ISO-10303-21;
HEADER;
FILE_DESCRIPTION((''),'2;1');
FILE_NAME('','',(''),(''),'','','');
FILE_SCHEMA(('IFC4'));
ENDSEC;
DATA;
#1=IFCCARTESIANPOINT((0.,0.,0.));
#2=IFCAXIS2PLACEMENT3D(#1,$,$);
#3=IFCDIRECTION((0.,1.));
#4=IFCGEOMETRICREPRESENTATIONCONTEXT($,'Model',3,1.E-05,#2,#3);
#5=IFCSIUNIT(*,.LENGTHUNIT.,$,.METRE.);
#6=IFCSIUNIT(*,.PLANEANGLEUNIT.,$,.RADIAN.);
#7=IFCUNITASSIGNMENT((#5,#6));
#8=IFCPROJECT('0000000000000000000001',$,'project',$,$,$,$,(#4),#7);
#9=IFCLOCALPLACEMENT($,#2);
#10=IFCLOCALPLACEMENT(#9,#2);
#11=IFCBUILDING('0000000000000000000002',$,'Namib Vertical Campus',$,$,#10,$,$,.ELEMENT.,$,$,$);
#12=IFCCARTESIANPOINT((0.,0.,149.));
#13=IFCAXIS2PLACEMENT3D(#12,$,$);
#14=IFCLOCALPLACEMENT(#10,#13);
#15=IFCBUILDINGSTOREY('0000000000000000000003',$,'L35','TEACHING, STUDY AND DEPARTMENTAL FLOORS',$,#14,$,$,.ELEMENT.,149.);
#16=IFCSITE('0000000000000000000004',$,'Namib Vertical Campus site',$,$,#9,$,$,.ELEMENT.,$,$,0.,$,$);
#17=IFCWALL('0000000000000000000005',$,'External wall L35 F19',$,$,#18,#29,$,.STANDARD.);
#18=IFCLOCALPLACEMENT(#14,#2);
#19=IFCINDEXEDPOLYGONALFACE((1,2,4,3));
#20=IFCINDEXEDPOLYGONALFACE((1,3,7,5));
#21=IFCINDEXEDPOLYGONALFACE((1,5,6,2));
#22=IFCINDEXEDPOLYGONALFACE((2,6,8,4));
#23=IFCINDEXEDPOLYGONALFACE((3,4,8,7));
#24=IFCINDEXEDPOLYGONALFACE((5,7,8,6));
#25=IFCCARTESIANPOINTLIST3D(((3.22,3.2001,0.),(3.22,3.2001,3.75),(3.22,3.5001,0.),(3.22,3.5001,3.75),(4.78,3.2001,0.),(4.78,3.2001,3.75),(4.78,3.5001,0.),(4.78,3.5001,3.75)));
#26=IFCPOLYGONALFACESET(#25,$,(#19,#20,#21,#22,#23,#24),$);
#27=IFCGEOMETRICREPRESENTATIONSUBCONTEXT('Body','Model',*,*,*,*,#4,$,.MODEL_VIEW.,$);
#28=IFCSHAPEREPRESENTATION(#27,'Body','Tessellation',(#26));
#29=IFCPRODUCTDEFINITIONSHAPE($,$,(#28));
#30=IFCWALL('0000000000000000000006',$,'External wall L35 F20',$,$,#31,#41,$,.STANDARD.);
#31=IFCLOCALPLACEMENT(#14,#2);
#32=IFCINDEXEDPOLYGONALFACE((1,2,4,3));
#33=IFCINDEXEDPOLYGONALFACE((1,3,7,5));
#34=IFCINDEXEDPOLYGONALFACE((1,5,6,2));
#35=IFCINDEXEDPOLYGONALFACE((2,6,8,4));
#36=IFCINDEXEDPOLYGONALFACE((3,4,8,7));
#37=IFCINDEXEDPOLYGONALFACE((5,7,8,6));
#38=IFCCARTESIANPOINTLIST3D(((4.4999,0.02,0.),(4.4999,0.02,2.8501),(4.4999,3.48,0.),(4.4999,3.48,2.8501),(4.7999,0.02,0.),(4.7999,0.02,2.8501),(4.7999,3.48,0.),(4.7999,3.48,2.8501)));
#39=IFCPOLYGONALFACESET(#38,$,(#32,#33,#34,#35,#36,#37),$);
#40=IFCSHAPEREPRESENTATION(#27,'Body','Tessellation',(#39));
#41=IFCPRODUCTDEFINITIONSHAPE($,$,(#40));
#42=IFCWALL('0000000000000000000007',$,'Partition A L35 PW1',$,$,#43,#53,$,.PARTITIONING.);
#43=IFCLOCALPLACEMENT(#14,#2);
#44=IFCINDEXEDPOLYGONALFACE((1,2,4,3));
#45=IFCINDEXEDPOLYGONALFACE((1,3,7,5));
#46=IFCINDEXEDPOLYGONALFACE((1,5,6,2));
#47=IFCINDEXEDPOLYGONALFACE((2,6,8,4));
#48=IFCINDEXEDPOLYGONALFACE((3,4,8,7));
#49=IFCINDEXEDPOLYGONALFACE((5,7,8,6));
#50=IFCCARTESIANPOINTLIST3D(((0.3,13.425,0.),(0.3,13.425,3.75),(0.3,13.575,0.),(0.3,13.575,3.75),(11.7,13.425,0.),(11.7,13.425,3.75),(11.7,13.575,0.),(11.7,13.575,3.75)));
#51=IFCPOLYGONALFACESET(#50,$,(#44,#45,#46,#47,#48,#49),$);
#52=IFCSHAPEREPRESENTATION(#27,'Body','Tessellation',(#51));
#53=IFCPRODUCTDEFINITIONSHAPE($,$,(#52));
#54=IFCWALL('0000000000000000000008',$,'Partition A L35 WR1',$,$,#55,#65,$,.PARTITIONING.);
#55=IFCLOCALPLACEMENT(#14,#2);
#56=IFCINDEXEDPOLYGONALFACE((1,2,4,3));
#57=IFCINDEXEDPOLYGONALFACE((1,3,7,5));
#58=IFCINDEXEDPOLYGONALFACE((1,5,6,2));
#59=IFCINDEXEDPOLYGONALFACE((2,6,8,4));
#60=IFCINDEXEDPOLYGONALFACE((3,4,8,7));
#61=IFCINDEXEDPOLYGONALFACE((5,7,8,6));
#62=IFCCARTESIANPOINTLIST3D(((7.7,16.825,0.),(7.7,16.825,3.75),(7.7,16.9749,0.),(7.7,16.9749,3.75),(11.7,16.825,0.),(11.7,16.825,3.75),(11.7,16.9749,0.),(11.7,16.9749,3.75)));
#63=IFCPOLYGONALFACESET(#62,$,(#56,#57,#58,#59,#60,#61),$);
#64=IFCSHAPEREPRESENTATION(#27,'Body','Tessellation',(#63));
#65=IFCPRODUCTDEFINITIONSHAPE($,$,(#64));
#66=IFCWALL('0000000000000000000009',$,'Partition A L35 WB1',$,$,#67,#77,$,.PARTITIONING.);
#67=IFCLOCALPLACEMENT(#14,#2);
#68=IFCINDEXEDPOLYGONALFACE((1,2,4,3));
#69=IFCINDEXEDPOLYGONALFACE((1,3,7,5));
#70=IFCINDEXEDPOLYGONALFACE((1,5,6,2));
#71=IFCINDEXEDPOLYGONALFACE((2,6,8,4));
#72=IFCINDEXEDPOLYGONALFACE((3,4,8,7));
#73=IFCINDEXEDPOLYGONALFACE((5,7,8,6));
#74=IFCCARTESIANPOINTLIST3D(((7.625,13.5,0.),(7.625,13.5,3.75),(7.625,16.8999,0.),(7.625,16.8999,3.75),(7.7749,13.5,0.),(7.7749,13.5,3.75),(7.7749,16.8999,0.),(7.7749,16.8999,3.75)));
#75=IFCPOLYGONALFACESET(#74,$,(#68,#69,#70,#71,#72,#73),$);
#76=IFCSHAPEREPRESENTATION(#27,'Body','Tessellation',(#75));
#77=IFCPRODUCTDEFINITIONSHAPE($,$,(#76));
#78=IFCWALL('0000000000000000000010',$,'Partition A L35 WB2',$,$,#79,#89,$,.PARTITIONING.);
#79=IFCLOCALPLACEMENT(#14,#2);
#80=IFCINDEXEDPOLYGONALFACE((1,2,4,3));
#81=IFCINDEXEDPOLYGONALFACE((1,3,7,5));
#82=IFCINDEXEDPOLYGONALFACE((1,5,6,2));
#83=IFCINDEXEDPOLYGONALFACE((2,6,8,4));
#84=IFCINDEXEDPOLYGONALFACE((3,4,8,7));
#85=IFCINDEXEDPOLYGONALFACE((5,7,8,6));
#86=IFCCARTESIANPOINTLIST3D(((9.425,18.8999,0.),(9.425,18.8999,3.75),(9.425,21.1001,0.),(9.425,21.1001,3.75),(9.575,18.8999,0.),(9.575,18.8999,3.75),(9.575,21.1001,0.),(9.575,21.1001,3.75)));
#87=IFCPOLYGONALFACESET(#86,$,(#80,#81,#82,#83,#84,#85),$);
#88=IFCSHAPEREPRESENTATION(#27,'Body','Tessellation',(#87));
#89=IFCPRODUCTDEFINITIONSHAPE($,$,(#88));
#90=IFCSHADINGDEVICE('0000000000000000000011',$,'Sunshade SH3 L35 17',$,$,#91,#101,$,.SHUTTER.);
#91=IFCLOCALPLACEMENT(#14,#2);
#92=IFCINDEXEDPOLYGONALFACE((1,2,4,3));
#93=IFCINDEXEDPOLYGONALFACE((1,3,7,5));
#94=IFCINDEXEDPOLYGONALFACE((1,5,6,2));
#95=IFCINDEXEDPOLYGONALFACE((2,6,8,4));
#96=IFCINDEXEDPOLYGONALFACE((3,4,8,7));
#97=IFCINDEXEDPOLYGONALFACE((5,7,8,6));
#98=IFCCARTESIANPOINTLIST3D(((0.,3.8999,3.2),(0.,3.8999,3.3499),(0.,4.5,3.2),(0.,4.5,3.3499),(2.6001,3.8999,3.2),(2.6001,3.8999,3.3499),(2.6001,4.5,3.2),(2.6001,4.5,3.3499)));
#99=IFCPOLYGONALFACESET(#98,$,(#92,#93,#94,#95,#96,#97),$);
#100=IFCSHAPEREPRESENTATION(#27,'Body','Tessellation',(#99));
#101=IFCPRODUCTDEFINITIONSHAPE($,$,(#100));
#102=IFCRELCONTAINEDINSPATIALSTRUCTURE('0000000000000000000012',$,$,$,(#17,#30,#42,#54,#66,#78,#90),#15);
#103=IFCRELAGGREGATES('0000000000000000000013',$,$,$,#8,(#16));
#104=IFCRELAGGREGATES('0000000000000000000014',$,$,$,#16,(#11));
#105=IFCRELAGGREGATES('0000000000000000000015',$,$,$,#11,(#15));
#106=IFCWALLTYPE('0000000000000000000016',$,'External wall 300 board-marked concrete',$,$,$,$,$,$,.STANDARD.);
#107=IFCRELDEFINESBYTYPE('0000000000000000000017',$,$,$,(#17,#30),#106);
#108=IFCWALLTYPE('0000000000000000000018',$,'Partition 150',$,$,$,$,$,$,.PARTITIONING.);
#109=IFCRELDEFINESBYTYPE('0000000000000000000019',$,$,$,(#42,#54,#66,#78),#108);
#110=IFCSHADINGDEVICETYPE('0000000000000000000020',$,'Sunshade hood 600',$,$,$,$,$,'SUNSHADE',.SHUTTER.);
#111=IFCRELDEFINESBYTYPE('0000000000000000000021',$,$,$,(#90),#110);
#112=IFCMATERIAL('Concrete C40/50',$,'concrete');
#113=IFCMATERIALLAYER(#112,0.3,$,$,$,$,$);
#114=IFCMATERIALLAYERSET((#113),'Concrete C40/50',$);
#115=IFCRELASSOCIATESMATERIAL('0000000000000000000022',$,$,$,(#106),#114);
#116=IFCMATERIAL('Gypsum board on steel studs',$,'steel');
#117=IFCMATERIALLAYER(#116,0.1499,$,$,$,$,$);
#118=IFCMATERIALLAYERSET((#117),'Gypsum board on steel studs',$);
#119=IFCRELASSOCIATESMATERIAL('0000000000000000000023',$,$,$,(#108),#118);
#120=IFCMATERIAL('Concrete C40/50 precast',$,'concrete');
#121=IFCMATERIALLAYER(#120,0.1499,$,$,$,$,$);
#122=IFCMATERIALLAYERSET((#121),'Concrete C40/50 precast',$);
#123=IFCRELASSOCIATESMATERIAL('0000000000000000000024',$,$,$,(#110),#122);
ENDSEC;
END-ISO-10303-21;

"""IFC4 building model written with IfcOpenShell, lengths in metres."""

from ifc_helpers import new_model, si_unit, direction, frame, frame_2d, origin, origin_2d, place, context, subcontext, project, spatial, rectangle, extrude, material, layer, layer_set, type_object, element, save


model = new_model("IFC4")

# Units and contexts
model_context = context("Model", 3, precision=1e-05, world=origin(), true_north=direction((0.0, 1.0)))
body_context = subcontext(model_context, "Body", "Model", "MODEL_VIEW")
ifc_project = project(units=[si_unit("LENGTHUNIT", "METRE"), si_unit("PLANEANGLEUNIT", "RADIAN")], contexts=[model_context])

# Site, building, storey
site_placement = place(None, origin())
site = spatial("IfcSite", under=ifc_project, at=site_placement, Name="Namib Vertical Campus site", CompositionType="ELEMENT", RefElevation=0.0)
building_placement = place(site_placement, origin())
building = spatial("IfcBuilding", under=site, at=building_placement, Name="Namib Vertical Campus", CompositionType="ELEMENT")
storey_placement = place(building_placement, frame((0.0, 0.0, 149.0)))
storey = spatial("IfcBuildingStorey", under=building, at=storey_placement, Name="L35", Description="TEACHING, STUDY AND DEPARTMENTAL FLOORS", CompositionType="ELEMENT", Elevation=149.0)

# Walls
ifc_material_1 = material(Name="Concrete C40/50", Category="concrete")
ifc_layer_1 = layer(ifc_material_1, 0.3)
ifc_layer_set_1 = layer_set([ifc_layer_1], Name="Concrete C40/50")
wall_type_1 = type_object("IfcWallType", Name="External wall 300 board-marked concrete", PredefinedType="STANDARD", material=ifc_layer_set_1)
for number, where, z_axis, x_axis, name in (
    (1, (3.22, 3.3501, 0.0), (0.0, 0.0, 1.0), (1.0, 0.0, 0.0), "External wall L35 F19"),
):
    element("IfcWall", number, at=place(storey_placement, frame(where, z_axis=z_axis, x_axis=x_axis)), inside=storey, type_object=wall_type_1, Name=name, PredefinedType="STANDARD", context=body_context, shape_type="SweptSolid", body=[
        extrude(rectangle(XDim=1.5601, YDim=0.3, at=frame_2d((0.78, 0.0))), origin(), (0.0, 0.0, 1.0), 3.75),
    ])
wall_1_placement = place(storey_placement, frame((4.6499, 3.48, 0.0), z_axis=(0.0, 0.0, 1.0), x_axis=(0.0, -1.0, 0.0)))
element("IfcWall", 2, at=wall_1_placement, inside=storey, type_object=wall_type_1, Name="External wall L35 F20", PredefinedType="STANDARD", context=body_context, shape_type="SweptSolid", body=[
    extrude(rectangle(XDim=3.46, YDim=0.3, at=frame_2d((1.73, 0.0))), origin(), (0.0, 0.0, 1.0), 2.8501),
])
ifc_material_2 = material(Name="Gypsum board on steel studs", Category="steel")
ifc_layer_2 = layer(ifc_material_2, 0.1499)
ifc_layer_set_2 = layer_set([ifc_layer_2], Name="Gypsum board on steel studs")
wall_type_2 = type_object("IfcWallType", Name="Partition 150", PredefinedType="PARTITIONING", material=ifc_layer_set_2)
wall_2_placement = place(storey_placement, frame((0.3, 13.5, 0.0), z_axis=(0.0, 0.0, 1.0), x_axis=(1.0, 0.0, 0.0)))
element("IfcWall", 3, at=wall_2_placement, inside=storey, type_object=wall_type_2, Name="Partition A L35 PW1", PredefinedType="PARTITIONING", context=body_context, shape_type="SweptSolid", body=[
    extrude(rectangle(XDim=11.3999, YDim=0.1499, at=frame_2d((5.7, 0.0))), origin(), (0.0, 0.0, 1.0), 3.75),
])
wall_3_placement = place(storey_placement, frame((11.7, 16.8999, 0.0), z_axis=(0.0, 0.0, 1.0), x_axis=(-1.0, 0.0, 0.0)))
element("IfcWall", 4, at=wall_3_placement, inside=storey, type_object=wall_type_2, Name="Partition A L35 WR1", PredefinedType="PARTITIONING", context=body_context, shape_type="SweptSolid", body=[
    extrude(rectangle(XDim=4.0, YDim=0.1499, at=frame_2d((2.0, 0.0))), origin(), (0.0, 0.0, 1.0), 3.75),
])
wall_4_placement = place(storey_placement, frame((7.7, 13.5, 0.0), z_axis=(0.0, 0.0, 1.0), x_axis=(0.0, 1.0, 0.0)))
element("IfcWall", 5, at=wall_4_placement, inside=storey, type_object=wall_type_2, Name="Partition A L35 WB1", PredefinedType="PARTITIONING", context=body_context, shape_type="SweptSolid", body=[
    extrude(rectangle(XDim=3.3999, YDim=0.1499, at=frame_2d((1.7, 0.0))), origin(), (0.0, 0.0, 1.0), 3.75),
])
wall_5_placement = place(storey_placement, frame((9.5, 18.8999, 0.0), z_axis=(0.0, 0.0, 1.0), x_axis=(0.0, 1.0, 0.0)))
element("IfcWall", 6, at=wall_5_placement, inside=storey, type_object=wall_type_2, Name="Partition A L35 WB2", PredefinedType="PARTITIONING", context=body_context, shape_type="SweptSolid", body=[
    extrude(rectangle(XDim=2.2002, YDim=0.1499, at=frame_2d((1.1001, 0.0))), origin(), (0.0, 0.0, 1.0), 3.75),
])

# Shading device
ifc_material_3 = material(Name="Concrete C40/50 precast", Category="concrete")
ifc_layer_3 = layer(ifc_material_3, 0.1499)
ifc_layer_set_3 = layer_set([ifc_layer_3], Name="Concrete C40/50 precast")
shading_device_type = type_object("IfcShadingDeviceType", Name="Sunshade hood 600", ElementType="SUNSHADE", PredefinedType="SHUTTER", material=ifc_layer_set_3)
shading_device_placement = place(storey_placement, frame((1.3, 4.2, 3.2), z_axis=(0.0, 0.0, 1.0), x_axis=(1.0, 0.0, 0.0)))
element("IfcShadingDevice", 7, at=shading_device_placement, inside=storey, type_object=shading_device_type, Name="Sunshade SH3 L35 17", PredefinedType="SHUTTER", context=body_context, shape_type="SweptSolid", body=[
    extrude(rectangle(XDim=2.6001, YDim=0.6001, at=origin_2d()), origin(), (0.0, 0.0, 1.0), 0.1499),
])

save(model, "model.ifc")
